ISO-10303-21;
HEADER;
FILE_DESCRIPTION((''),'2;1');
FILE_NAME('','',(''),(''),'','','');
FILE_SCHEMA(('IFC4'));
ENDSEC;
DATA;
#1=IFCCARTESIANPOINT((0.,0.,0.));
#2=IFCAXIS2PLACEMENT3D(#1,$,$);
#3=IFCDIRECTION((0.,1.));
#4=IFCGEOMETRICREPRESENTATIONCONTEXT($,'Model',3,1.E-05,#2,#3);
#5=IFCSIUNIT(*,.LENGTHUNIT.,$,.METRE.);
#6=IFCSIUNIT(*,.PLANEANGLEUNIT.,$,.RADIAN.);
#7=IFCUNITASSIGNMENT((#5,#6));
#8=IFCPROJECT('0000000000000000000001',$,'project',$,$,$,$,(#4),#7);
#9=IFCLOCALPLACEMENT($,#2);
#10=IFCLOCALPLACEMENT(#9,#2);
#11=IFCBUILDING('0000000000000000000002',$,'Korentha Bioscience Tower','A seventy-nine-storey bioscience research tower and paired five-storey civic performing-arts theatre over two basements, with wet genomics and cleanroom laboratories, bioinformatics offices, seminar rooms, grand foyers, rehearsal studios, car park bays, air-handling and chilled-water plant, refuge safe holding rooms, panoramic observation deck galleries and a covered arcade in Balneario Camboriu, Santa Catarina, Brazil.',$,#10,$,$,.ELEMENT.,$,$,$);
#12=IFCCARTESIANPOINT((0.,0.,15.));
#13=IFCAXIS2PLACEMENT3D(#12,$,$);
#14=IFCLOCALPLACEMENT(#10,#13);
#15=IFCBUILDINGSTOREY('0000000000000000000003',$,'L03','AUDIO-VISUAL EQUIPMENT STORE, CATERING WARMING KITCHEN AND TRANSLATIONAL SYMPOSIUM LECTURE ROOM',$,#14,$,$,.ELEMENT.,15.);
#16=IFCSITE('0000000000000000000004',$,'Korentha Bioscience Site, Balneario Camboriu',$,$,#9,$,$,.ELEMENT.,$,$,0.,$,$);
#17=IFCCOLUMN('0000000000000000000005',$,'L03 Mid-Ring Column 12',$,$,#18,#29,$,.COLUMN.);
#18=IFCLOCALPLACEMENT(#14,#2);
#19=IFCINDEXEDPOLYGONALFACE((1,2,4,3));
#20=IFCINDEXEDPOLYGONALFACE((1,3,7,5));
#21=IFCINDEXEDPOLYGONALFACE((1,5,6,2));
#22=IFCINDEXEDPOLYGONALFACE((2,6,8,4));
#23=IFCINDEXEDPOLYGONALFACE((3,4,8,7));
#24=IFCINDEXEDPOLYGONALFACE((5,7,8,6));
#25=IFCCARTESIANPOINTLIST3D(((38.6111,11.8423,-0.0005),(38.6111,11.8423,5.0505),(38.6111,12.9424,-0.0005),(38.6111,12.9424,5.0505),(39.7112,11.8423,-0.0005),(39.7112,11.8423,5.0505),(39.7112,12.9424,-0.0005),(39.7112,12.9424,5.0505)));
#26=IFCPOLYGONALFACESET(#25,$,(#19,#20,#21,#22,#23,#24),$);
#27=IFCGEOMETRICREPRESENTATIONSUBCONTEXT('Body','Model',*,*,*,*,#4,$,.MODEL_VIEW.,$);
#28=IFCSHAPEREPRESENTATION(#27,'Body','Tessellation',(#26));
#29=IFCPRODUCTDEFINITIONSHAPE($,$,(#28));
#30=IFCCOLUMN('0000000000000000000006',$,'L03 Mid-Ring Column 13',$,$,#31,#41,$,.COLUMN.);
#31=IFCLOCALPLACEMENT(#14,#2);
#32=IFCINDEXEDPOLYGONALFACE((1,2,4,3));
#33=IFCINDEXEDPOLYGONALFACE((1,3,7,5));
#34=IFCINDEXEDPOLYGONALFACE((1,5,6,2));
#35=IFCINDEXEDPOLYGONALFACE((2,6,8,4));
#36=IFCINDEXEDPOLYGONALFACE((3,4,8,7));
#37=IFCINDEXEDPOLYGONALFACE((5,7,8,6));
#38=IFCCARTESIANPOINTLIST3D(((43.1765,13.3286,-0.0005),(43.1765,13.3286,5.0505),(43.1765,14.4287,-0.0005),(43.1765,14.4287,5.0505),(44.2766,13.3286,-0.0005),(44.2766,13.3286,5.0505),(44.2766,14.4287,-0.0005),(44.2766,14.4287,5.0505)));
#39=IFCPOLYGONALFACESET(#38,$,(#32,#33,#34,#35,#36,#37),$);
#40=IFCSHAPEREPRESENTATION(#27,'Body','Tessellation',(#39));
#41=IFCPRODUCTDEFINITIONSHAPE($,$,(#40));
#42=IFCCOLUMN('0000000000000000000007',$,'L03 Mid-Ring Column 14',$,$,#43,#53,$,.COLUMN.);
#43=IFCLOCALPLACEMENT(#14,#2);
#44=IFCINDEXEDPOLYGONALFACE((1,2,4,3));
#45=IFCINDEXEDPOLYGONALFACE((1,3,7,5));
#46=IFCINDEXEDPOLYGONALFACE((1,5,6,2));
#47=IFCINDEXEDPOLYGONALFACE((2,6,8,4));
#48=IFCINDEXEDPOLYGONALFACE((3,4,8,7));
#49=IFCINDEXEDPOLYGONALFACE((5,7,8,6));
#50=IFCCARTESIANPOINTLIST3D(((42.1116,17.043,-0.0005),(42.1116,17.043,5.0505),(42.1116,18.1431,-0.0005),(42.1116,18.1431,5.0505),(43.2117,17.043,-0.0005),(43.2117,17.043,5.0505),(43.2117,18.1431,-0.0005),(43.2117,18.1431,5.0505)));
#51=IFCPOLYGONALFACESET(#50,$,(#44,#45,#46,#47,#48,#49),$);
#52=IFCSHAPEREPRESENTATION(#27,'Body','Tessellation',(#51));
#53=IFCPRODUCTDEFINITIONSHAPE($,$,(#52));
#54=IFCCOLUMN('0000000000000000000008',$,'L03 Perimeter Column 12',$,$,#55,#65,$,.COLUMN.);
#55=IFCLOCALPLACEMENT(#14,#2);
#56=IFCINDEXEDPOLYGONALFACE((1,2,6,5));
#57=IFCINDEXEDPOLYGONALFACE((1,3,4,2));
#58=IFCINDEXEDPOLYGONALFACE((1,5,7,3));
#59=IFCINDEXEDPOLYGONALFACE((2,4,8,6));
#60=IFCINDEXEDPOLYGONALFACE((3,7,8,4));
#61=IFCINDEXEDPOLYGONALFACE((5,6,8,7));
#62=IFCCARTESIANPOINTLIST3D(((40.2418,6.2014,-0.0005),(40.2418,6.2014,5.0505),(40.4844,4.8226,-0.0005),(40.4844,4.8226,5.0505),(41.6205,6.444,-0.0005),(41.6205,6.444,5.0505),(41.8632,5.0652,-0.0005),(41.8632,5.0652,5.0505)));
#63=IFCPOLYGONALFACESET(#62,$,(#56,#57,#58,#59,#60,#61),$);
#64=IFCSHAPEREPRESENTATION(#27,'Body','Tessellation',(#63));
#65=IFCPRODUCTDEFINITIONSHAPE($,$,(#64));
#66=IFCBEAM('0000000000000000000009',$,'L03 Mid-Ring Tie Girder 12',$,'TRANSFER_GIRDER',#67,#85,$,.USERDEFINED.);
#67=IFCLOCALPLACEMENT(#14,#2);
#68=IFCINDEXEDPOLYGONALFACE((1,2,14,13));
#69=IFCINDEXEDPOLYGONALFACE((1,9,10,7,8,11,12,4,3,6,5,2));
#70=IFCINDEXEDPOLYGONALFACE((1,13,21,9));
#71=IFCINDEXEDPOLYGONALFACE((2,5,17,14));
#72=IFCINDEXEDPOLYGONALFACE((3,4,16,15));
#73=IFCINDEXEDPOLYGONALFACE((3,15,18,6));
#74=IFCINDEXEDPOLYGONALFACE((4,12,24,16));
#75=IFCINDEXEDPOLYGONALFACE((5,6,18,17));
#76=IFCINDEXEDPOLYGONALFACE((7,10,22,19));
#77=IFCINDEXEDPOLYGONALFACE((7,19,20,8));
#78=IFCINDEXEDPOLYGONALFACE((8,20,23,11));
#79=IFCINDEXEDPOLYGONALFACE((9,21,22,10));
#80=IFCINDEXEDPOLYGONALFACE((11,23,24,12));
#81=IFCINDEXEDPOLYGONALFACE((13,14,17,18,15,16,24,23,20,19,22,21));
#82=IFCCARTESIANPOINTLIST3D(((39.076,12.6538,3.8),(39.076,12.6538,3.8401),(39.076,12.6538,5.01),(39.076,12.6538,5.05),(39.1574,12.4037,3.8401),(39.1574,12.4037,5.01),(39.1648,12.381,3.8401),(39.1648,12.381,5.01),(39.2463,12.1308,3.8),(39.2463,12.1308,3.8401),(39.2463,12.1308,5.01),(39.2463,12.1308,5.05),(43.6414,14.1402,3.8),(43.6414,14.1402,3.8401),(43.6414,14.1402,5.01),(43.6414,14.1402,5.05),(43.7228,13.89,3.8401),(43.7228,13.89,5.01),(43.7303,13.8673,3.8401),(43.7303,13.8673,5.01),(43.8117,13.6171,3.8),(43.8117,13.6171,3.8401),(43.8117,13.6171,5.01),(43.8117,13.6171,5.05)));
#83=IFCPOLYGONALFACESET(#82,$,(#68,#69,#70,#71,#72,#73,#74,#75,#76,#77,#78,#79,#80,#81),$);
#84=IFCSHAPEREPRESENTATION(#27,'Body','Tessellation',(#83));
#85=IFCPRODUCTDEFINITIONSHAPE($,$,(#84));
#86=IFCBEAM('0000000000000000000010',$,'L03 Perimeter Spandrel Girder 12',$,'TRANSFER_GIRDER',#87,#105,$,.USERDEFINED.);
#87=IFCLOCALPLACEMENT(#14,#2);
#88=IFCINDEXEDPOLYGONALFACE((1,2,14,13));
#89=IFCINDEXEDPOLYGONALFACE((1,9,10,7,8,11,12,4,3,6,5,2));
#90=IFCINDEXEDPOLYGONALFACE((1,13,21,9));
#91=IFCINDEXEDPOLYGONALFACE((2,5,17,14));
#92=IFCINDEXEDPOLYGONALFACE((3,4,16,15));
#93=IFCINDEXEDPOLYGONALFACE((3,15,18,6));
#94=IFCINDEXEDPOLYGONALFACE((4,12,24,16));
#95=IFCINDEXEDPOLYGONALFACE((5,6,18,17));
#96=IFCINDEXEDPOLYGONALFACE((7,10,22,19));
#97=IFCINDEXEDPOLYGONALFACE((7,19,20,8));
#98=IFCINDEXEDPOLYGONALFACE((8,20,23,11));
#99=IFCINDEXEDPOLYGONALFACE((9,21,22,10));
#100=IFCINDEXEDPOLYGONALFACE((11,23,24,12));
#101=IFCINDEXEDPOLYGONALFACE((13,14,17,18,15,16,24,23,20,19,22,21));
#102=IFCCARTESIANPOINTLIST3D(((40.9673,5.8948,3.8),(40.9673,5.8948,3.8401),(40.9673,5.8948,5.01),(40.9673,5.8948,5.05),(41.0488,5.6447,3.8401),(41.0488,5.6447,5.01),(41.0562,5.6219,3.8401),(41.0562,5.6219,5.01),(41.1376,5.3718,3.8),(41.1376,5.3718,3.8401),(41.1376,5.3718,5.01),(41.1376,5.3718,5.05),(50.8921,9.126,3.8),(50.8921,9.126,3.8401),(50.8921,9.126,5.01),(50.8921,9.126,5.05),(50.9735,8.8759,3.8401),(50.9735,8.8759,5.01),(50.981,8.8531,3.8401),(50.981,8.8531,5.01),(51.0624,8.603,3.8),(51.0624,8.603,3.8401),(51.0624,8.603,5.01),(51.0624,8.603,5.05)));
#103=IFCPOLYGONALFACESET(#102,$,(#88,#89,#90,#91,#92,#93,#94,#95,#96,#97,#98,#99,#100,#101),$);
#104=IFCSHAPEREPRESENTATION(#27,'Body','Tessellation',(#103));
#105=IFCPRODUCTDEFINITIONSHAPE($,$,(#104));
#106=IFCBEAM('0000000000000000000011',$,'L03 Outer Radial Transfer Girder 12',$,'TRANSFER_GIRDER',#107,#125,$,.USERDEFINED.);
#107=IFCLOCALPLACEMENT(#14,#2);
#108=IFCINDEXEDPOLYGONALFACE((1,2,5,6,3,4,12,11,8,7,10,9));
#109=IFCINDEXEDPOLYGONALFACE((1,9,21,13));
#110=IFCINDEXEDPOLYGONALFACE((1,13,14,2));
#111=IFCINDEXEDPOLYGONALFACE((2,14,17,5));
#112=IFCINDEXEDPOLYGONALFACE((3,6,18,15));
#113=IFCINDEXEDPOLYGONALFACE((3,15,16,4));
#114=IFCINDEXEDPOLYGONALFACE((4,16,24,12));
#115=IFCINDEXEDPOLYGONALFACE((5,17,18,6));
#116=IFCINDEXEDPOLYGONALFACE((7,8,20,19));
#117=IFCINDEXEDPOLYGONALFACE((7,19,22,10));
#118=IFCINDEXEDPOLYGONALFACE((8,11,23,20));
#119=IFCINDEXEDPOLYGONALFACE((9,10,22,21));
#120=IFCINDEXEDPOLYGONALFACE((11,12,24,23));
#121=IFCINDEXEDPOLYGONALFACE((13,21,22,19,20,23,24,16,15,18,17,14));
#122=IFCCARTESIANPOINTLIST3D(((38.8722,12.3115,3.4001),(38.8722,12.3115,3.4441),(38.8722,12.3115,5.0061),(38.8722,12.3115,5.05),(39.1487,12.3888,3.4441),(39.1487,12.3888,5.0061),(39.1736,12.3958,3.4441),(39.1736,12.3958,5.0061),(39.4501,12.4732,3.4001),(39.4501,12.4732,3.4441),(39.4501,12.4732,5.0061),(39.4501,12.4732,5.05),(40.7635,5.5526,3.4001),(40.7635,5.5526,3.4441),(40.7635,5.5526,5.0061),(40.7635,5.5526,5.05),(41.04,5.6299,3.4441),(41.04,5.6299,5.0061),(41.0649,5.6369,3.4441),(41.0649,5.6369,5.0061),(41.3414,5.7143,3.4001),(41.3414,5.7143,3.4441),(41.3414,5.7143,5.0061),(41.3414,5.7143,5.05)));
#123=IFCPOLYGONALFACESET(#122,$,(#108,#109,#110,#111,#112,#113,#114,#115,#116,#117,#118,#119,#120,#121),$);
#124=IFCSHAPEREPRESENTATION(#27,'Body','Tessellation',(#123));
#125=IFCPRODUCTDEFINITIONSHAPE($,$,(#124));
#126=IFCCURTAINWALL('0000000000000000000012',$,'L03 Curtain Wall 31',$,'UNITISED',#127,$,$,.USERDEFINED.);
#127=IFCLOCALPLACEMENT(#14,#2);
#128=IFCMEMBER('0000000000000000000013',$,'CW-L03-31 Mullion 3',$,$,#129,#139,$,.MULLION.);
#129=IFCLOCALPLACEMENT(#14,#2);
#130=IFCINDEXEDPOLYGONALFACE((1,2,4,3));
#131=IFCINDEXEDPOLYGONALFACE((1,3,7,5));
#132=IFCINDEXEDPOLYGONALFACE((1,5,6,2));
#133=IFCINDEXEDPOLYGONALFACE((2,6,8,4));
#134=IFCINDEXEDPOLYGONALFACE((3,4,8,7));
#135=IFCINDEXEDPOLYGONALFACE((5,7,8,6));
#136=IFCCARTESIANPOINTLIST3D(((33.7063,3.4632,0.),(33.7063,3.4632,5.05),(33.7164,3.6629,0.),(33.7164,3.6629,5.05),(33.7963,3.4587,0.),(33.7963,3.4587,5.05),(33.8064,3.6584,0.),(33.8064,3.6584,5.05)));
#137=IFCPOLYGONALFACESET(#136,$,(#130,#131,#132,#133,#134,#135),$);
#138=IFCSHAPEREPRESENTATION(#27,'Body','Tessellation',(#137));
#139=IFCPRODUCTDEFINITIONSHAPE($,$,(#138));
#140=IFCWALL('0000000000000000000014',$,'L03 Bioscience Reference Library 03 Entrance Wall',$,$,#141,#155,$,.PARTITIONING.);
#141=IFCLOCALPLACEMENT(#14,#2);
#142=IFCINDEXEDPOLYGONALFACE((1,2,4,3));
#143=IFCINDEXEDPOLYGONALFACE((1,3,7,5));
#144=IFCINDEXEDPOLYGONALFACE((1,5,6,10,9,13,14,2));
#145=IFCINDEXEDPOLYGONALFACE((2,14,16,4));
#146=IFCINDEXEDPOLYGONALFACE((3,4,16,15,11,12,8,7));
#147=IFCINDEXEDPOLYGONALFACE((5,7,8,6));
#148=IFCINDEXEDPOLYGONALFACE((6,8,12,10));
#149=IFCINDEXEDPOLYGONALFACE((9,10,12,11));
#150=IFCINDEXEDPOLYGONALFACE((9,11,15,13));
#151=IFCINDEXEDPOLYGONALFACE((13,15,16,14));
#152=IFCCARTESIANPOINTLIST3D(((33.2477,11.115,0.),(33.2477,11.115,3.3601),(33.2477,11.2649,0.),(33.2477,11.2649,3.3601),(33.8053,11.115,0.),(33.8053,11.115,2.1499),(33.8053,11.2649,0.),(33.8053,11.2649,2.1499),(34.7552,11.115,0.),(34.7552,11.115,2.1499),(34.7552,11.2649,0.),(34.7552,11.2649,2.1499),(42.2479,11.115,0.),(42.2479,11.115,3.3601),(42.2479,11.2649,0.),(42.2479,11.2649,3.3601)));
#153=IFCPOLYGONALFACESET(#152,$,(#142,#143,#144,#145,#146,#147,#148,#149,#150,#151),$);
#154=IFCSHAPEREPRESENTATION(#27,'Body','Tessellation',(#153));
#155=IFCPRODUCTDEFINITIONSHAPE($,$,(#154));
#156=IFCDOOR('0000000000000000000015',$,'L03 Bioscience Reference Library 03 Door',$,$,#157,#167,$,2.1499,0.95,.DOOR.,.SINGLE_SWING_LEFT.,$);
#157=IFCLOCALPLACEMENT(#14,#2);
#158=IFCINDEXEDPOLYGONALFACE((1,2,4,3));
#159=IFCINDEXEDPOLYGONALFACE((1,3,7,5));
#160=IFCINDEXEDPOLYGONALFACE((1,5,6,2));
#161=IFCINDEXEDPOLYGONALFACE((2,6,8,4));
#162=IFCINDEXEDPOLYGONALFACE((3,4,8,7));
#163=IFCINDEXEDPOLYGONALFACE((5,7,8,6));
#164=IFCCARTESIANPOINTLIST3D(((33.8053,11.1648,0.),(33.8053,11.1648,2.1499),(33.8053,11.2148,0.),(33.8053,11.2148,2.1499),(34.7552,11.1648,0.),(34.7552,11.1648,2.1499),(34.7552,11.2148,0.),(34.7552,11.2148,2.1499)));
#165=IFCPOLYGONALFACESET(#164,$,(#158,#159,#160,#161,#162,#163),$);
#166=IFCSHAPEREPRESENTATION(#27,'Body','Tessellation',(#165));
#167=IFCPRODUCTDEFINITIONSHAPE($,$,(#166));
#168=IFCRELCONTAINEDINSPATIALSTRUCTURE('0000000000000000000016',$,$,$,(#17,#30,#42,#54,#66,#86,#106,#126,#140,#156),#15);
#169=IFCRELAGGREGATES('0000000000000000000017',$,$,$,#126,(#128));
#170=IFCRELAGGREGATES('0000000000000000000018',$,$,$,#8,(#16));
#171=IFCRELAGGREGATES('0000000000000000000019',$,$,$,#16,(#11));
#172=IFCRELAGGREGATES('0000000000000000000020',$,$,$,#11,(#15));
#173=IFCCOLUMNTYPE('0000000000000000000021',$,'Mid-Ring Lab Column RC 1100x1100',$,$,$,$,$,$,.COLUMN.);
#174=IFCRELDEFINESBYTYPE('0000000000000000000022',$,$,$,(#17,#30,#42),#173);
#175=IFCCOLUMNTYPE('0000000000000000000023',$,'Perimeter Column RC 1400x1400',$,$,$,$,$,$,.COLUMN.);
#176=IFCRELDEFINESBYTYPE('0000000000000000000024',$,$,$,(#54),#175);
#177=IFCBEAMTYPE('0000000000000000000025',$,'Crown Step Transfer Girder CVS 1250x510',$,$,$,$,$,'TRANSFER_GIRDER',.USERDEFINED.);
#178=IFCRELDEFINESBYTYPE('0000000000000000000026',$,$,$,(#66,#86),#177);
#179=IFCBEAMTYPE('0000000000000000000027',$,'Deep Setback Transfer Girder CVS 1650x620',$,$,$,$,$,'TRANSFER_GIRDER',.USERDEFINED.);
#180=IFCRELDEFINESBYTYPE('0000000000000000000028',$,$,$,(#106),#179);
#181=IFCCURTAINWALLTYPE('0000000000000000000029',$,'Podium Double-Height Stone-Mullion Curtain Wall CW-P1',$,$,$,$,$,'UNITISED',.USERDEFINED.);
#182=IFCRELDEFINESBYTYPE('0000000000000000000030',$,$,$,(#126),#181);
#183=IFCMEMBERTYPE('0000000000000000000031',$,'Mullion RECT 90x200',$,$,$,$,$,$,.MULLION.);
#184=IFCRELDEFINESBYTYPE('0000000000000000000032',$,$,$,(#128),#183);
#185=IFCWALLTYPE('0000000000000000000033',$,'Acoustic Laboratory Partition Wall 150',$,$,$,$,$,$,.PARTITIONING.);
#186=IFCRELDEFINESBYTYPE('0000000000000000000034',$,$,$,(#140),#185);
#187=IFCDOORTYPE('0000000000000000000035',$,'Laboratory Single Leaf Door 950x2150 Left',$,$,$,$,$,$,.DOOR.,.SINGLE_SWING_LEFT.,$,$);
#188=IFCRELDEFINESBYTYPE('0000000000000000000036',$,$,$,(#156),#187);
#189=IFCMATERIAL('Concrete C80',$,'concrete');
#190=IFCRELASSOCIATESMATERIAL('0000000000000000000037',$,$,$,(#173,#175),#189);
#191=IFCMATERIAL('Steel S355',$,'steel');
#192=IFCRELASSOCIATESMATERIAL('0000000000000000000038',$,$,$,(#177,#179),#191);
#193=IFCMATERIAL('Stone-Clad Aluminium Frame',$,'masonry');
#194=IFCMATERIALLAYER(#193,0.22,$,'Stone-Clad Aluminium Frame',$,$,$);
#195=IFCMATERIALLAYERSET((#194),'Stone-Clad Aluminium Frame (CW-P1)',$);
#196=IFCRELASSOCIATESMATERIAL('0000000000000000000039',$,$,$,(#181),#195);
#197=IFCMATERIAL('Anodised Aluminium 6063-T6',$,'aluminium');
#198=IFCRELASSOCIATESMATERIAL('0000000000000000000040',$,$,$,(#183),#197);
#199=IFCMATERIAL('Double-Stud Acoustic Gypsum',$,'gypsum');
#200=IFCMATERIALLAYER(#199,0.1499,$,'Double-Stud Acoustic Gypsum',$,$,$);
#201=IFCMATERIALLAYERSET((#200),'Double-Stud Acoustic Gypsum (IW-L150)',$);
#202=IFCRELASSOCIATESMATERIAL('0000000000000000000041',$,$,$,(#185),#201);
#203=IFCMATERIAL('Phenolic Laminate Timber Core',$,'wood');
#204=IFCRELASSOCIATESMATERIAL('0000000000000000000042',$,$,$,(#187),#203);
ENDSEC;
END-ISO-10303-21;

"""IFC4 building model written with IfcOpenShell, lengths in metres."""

from ifc_helpers import new_model, si_unit, direction, frame, frame_2d, origin, origin_2d, place, context, subcontext, project, spatial, rectangle, i_section, extrude, material, layer, layer_set, material_profile, profile_set, type_object, element, fill, aggregate, save


model = new_model("IFC4")

# Units and contexts
model_context = context("Model", 3, precision=1e-05, world=origin(), true_north=direction((0.0, 1.0)))
body_context = subcontext(model_context, "Body", "Model", "MODEL_VIEW")
ifc_project = project(units=[si_unit("LENGTHUNIT", "METRE"), si_unit("PLANEANGLEUNIT", "RADIAN")], contexts=[model_context])

# Site, building, storey
site_placement = place(None, origin())
site = spatial("IfcSite", under=ifc_project, at=site_placement, Name="Korentha Bioscience Site, Balneario Camboriu", CompositionType="ELEMENT", RefElevation=0.0)
building_placement = place(site_placement, origin())
building = spatial("IfcBuilding", under=site, at=building_placement, Name="Korentha Bioscience Tower", Description="A seventy-nine-storey bioscience research tower and paired five-storey civic performing-arts theatre over two basements, with wet genomics and cleanroom laboratories, bioinformatics offices, seminar rooms, grand foyers, rehearsal studios, car park bays, air-handling and chilled-water plant, refuge safe holding rooms, panoramic observation deck galleries and a covered arcade in Balneario Camboriu, Santa Catarina, Brazil.", CompositionType="ELEMENT")
storey_placement = place(building_placement, frame((0.0, 0.0, 15.0)))
storey = spatial("IfcBuildingStorey", under=building, at=storey_placement, Name="L03", Description="AUDIO-VISUAL EQUIPMENT STORE, CATERING WARMING KITCHEN AND TRANSLATIONAL SYMPOSIUM LECTURE ROOM", CompositionType="ELEMENT", Elevation=15.0)

# Columns
ifc_material_1 = material(Name="Concrete C80", Category="concrete")
ifc_material_profile_1 = material_profile(ifc_material_1, rectangle(XDim=1.1001, YDim=1.1001, at=origin_2d()), Name="Concrete C80")
ifc_profile_set_1 = profile_set([ifc_material_profile_1], Name="Concrete C80 (COL-MR11)")
column_type_1 = type_object("IfcColumnType", Name="Mid-Ring Lab Column RC 1100x1100", PredefinedType="COLUMN", material=ifc_profile_set_1)
for number, where, z_axis, x_axis, name in (
    (1, (39.1611, 12.3923, -0.0005), (0.0, 0.0, 1.0), (1.0, 0.0, 0.0), "L03 Mid-Ring Column 12"),
    (2, (43.7266, 13.8787, -0.0005), (0.0, 0.0, 1.0), (1.0, 0.0, 0.0), "L03 Mid-Ring Column 13"),
    (3, (42.6616, 17.593, -0.0005), (0.0, 0.0, 1.0), (1.0, 0.0, 0.0), "L03 Mid-Ring Column 14"),
):
    element("IfcColumn", number, at=place(storey_placement, frame(where, z_axis=z_axis, x_axis=x_axis)), inside=storey, type_object=column_type_1, Name=name, PredefinedType="COLUMN", context=body_context, shape_type="SweptSolid", body=[
        extrude(rectangle(XDim=1.1001, YDim=1.1001, at=origin_2d()), origin(), (0.0, 0.0, 1.0), 5.051),
    ])
ifc_material_profile_2 = material_profile(ifc_material_1, rectangle(XDim=1.3999, YDim=1.3999, at=origin_2d()), Name="Concrete C80")
ifc_profile_set_2 = profile_set([ifc_material_profile_2], Name="Concrete C80 (COL-P14)")
column_type_2 = type_object("IfcColumnType", Name="Perimeter Column RC 1400x1400", PredefinedType="COLUMN", material=ifc_profile_set_2)
column_placement = place(storey_placement, frame((41.0525, 5.6333, -0.0005), z_axis=(0.0, 0.0, 1.0), x_axis=(0.984868, 0.173304, 0.0)))
element("IfcColumn", 4, at=column_placement, inside=storey, type_object=column_type_2, Name="L03 Perimeter Column 12", PredefinedType="COLUMN", context=body_context, shape_type="SweptSolid", body=[
    extrude(rectangle(XDim=1.3999, YDim=1.3999, at=origin_2d()), origin(), (0.0, 0.0, 1.0), 5.051),
])

# Beams
ifc_material_2 = material(Name="Steel S355", Category="steel")
ifc_material_profile_3 = material_profile(ifc_material_2, i_section(OverallWidth=0.55, OverallDepth=1.25, WebThickness=0.0239, FlangeThickness=0.04, at=origin_2d()), Name="Steel S355")
ifc_profile_set_3 = profile_set([ifc_material_profile_3], Name="Steel S355 (TG-03)")
beam_type_1 = type_object("IfcBeamType", Name="Crown Step Transfer Girder CVS 1250x510", ElementType="TRANSFER_GIRDER", PredefinedType="USERDEFINED", material=ifc_profile_set_3)
beam_1_placement = place(storey_placement, frame((39.1611, 12.3923, 4.425), z_axis=(0.950877, 0.309569, 0.0), x_axis=(-0.309569, 0.950877, 0.0)))
element("IfcBeam", 5, at=beam_1_placement, inside=storey, type_object=beam_type_1, Name="L03 Mid-Ring Tie Girder 12", ObjectType="TRANSFER_GIRDER", PredefinedType="USERDEFINED", context=body_context, shape_type="SweptSolid", body=[
    extrude(i_section(OverallWidth=0.55, OverallDepth=1.25, WebThickness=0.0239, FlangeThickness=0.04, at=origin_2d()), origin(), (0.0, 0.0, 1.0), 4.8013),
])
beam_2_placement = place(storey_placement, frame((41.0525, 5.6333, 4.425), z_axis=(0.950875, 0.309575, 0.0), x_axis=(-0.309575, 0.950875, 0.0)))
element("IfcBeam", 6, at=beam_2_placement, inside=storey, type_object=beam_type_1, Name="L03 Perimeter Spandrel Girder 12", ObjectType="TRANSFER_GIRDER", PredefinedType="USERDEFINED", context=body_context, shape_type="SweptSolid", body=[
    extrude(i_section(OverallWidth=0.55, OverallDepth=1.25, WebThickness=0.0239, FlangeThickness=0.04, at=origin_2d()), origin(), (0.0, 0.0, 1.0), 10.4375),
])
ifc_material_profile_4 = material_profile(ifc_material_2, i_section(OverallWidth=0.6001, OverallDepth=1.6499, WebThickness=0.0259, FlangeThickness=0.0439, at=origin_2d()), Name="Steel S355")
ifc_profile_set_4 = profile_set([ifc_material_profile_4], Name="Steel S355 (TG-04)")
beam_type_2 = type_object("IfcBeamType", Name="Deep Setback Transfer Girder CVS 1650x620", ElementType="TRANSFER_GIRDER", PredefinedType="USERDEFINED", material=ifc_profile_set_4)
beam_3_placement = place(storey_placement, frame((39.1611, 12.3923, 4.2251), z_axis=(0.269475, -0.963007, 0.0), x_axis=(0.963007, 0.269475, 0.0)))
element("IfcBeam", 7, at=beam_3_placement, inside=storey, type_object=beam_type_2, Name="L03 Outer Radial Transfer Girder 12", ObjectType="TRANSFER_GIRDER", PredefinedType="USERDEFINED", context=body_context, shape_type="SweptSolid", body=[
    extrude(i_section(OverallWidth=0.6001, OverallDepth=1.6499, WebThickness=0.0259, FlangeThickness=0.0439, at=origin_2d()), origin(), (0.0, 0.0, 1.0), 7.0186),
])

# Curtain wall, member
ifc_material_3 = material(Name="Stone-Clad Aluminium Frame", Category="masonry")
ifc_layer_1 = layer(ifc_material_3, 0.22, Name="Stone-Clad Aluminium Frame")
ifc_layer_set_1 = layer_set([ifc_layer_1], Name="Stone-Clad Aluminium Frame (CW-P1)")
curtain_wall_type = type_object("IfcCurtainWallType", Name="Podium Double-Height Stone-Mullion Curtain Wall CW-P1", ElementType="UNITISED", PredefinedType="USERDEFINED", material=ifc_layer_set_1)
curtain_wall_placement = place(storey_placement, origin())
curtain_wall = element("IfcCurtainWall", 8, at=curtain_wall_placement, inside=storey, type_object=curtain_wall_type, Name="L03 Curtain Wall 31", ObjectType="UNITISED", PredefinedType="USERDEFINED")
ifc_material_4 = material(Name="Anodised Aluminium 6063-T6", Category="aluminium")
ifc_material_profile_5 = material_profile(ifc_material_4, rectangle(XDim=0.0901, YDim=0.2, at=origin_2d()), Name="Anodised Aluminium 6063-T6")
ifc_profile_set_5 = profile_set([ifc_material_profile_5], Name="Anodised Aluminium 6063-T6 (CW-MUL)")
member_type = type_object("IfcMemberType", Name="Mullion RECT 90x200", PredefinedType="MULLION", material=ifc_profile_set_5)
member_placement = place(storey_placement, frame((33.7563, 3.5608, 0.0), z_axis=(0.0, 0.0, 1.0), x_axis=(0.998731, -0.050371, 0.0)))
member = element("IfcMember", 9, at=member_placement, type_object=member_type, Name="CW-L03-31 Mullion 3", PredefinedType="MULLION", context=body_context, shape_type="SweptSolid", body=[
    extrude(rectangle(XDim=0.0901, YDim=0.2, at=origin_2d()), origin(), (0.0, 0.0, 1.0), 5.05),
])
aggregate(curtain_wall, [member])

# Wall, opening, door
ifc_material_5 = material(Name="Double-Stud Acoustic Gypsum", Category="gypsum")
ifc_layer_2 = layer(ifc_material_5, 0.1499, Name="Double-Stud Acoustic Gypsum")
ifc_layer_set_2 = layer_set([ifc_layer_2], Name="Double-Stud Acoustic Gypsum (IW-L150)")
wall_type_1 = type_object("IfcWallType", Name="Acoustic Laboratory Partition Wall 150", PredefinedType="PARTITIONING", material=ifc_layer_set_2)
wall_1_placement = place(storey_placement, frame((33.2478, 11.1899, 0.0), z_axis=(0.0, 0.0, 1.0), x_axis=(1.0, 0.0, 0.0)))
wall_1 = element("IfcWall", 10, at=wall_1_placement, inside=storey, type_object=wall_type_1, Name="L03 Bioscience Reference Library 03 Entrance Wall", PredefinedType="PARTITIONING", context=body_context, shape_type="SweptSolid", body=[
    extrude(rectangle(XDim=9.0002, YDim=0.1499, at=frame_2d((4.5, 0.0))), origin(), (0.0, 0.0, 1.0), 3.3601),
])
opening_1_placement = place(wall_1_placement, frame((0.5574, 0.0, 0.0)))
opening_1 = element("IfcOpeningElement", 11, at=opening_1_placement, cuts=wall_1, PredefinedType="OPENING", context=body_context, shape_type="SweptSolid", body=[
    extrude(rectangle(XDim=0.95, YDim=2.1499, at=frame_2d((0.4751, 1.075))), frame((0.0, 0.0898, 0.0), z_axis=(0.0, -1.0, 0.0), x_axis=(1.0, 0.0, 0.0)), (0.0, 0.0, 1.0), 0.1797),
])
ifc_material_6 = material(Name="Phenolic Laminate Timber Core", Category="wood")
door_type_1 = type_object("IfcDoorType", Name="Laboratory Single Leaf Door 950x2150 Left", OperationType="SINGLE_SWING_LEFT", PredefinedType="DOOR", material=ifc_material_6)
door_1_placement = place(opening_1_placement, origin())
door_1 = element("IfcDoor", 12, at=door_1_placement, inside=storey, type_object=door_type_1, Name="L03 Bioscience Reference Library 03 Door", OperationType="SINGLE_SWING_LEFT", OverallHeight=2.1499, OverallWidth=0.95, PredefinedType="DOOR", context=body_context, shape_type="SweptSolid", body=[
    extrude(rectangle(XDim=0.95, YDim=2.1499, at=frame_2d((0.4751, 1.075))), frame((0.0, 0.0249, 0.0), z_axis=(0.0, -1.0, 0.0), x_axis=(1.0, 0.0, 0.0)), (0.0, 0.0, 1.0), 0.05),
])
fill(opening_1, door_1)

save(model, "model.ifc")
